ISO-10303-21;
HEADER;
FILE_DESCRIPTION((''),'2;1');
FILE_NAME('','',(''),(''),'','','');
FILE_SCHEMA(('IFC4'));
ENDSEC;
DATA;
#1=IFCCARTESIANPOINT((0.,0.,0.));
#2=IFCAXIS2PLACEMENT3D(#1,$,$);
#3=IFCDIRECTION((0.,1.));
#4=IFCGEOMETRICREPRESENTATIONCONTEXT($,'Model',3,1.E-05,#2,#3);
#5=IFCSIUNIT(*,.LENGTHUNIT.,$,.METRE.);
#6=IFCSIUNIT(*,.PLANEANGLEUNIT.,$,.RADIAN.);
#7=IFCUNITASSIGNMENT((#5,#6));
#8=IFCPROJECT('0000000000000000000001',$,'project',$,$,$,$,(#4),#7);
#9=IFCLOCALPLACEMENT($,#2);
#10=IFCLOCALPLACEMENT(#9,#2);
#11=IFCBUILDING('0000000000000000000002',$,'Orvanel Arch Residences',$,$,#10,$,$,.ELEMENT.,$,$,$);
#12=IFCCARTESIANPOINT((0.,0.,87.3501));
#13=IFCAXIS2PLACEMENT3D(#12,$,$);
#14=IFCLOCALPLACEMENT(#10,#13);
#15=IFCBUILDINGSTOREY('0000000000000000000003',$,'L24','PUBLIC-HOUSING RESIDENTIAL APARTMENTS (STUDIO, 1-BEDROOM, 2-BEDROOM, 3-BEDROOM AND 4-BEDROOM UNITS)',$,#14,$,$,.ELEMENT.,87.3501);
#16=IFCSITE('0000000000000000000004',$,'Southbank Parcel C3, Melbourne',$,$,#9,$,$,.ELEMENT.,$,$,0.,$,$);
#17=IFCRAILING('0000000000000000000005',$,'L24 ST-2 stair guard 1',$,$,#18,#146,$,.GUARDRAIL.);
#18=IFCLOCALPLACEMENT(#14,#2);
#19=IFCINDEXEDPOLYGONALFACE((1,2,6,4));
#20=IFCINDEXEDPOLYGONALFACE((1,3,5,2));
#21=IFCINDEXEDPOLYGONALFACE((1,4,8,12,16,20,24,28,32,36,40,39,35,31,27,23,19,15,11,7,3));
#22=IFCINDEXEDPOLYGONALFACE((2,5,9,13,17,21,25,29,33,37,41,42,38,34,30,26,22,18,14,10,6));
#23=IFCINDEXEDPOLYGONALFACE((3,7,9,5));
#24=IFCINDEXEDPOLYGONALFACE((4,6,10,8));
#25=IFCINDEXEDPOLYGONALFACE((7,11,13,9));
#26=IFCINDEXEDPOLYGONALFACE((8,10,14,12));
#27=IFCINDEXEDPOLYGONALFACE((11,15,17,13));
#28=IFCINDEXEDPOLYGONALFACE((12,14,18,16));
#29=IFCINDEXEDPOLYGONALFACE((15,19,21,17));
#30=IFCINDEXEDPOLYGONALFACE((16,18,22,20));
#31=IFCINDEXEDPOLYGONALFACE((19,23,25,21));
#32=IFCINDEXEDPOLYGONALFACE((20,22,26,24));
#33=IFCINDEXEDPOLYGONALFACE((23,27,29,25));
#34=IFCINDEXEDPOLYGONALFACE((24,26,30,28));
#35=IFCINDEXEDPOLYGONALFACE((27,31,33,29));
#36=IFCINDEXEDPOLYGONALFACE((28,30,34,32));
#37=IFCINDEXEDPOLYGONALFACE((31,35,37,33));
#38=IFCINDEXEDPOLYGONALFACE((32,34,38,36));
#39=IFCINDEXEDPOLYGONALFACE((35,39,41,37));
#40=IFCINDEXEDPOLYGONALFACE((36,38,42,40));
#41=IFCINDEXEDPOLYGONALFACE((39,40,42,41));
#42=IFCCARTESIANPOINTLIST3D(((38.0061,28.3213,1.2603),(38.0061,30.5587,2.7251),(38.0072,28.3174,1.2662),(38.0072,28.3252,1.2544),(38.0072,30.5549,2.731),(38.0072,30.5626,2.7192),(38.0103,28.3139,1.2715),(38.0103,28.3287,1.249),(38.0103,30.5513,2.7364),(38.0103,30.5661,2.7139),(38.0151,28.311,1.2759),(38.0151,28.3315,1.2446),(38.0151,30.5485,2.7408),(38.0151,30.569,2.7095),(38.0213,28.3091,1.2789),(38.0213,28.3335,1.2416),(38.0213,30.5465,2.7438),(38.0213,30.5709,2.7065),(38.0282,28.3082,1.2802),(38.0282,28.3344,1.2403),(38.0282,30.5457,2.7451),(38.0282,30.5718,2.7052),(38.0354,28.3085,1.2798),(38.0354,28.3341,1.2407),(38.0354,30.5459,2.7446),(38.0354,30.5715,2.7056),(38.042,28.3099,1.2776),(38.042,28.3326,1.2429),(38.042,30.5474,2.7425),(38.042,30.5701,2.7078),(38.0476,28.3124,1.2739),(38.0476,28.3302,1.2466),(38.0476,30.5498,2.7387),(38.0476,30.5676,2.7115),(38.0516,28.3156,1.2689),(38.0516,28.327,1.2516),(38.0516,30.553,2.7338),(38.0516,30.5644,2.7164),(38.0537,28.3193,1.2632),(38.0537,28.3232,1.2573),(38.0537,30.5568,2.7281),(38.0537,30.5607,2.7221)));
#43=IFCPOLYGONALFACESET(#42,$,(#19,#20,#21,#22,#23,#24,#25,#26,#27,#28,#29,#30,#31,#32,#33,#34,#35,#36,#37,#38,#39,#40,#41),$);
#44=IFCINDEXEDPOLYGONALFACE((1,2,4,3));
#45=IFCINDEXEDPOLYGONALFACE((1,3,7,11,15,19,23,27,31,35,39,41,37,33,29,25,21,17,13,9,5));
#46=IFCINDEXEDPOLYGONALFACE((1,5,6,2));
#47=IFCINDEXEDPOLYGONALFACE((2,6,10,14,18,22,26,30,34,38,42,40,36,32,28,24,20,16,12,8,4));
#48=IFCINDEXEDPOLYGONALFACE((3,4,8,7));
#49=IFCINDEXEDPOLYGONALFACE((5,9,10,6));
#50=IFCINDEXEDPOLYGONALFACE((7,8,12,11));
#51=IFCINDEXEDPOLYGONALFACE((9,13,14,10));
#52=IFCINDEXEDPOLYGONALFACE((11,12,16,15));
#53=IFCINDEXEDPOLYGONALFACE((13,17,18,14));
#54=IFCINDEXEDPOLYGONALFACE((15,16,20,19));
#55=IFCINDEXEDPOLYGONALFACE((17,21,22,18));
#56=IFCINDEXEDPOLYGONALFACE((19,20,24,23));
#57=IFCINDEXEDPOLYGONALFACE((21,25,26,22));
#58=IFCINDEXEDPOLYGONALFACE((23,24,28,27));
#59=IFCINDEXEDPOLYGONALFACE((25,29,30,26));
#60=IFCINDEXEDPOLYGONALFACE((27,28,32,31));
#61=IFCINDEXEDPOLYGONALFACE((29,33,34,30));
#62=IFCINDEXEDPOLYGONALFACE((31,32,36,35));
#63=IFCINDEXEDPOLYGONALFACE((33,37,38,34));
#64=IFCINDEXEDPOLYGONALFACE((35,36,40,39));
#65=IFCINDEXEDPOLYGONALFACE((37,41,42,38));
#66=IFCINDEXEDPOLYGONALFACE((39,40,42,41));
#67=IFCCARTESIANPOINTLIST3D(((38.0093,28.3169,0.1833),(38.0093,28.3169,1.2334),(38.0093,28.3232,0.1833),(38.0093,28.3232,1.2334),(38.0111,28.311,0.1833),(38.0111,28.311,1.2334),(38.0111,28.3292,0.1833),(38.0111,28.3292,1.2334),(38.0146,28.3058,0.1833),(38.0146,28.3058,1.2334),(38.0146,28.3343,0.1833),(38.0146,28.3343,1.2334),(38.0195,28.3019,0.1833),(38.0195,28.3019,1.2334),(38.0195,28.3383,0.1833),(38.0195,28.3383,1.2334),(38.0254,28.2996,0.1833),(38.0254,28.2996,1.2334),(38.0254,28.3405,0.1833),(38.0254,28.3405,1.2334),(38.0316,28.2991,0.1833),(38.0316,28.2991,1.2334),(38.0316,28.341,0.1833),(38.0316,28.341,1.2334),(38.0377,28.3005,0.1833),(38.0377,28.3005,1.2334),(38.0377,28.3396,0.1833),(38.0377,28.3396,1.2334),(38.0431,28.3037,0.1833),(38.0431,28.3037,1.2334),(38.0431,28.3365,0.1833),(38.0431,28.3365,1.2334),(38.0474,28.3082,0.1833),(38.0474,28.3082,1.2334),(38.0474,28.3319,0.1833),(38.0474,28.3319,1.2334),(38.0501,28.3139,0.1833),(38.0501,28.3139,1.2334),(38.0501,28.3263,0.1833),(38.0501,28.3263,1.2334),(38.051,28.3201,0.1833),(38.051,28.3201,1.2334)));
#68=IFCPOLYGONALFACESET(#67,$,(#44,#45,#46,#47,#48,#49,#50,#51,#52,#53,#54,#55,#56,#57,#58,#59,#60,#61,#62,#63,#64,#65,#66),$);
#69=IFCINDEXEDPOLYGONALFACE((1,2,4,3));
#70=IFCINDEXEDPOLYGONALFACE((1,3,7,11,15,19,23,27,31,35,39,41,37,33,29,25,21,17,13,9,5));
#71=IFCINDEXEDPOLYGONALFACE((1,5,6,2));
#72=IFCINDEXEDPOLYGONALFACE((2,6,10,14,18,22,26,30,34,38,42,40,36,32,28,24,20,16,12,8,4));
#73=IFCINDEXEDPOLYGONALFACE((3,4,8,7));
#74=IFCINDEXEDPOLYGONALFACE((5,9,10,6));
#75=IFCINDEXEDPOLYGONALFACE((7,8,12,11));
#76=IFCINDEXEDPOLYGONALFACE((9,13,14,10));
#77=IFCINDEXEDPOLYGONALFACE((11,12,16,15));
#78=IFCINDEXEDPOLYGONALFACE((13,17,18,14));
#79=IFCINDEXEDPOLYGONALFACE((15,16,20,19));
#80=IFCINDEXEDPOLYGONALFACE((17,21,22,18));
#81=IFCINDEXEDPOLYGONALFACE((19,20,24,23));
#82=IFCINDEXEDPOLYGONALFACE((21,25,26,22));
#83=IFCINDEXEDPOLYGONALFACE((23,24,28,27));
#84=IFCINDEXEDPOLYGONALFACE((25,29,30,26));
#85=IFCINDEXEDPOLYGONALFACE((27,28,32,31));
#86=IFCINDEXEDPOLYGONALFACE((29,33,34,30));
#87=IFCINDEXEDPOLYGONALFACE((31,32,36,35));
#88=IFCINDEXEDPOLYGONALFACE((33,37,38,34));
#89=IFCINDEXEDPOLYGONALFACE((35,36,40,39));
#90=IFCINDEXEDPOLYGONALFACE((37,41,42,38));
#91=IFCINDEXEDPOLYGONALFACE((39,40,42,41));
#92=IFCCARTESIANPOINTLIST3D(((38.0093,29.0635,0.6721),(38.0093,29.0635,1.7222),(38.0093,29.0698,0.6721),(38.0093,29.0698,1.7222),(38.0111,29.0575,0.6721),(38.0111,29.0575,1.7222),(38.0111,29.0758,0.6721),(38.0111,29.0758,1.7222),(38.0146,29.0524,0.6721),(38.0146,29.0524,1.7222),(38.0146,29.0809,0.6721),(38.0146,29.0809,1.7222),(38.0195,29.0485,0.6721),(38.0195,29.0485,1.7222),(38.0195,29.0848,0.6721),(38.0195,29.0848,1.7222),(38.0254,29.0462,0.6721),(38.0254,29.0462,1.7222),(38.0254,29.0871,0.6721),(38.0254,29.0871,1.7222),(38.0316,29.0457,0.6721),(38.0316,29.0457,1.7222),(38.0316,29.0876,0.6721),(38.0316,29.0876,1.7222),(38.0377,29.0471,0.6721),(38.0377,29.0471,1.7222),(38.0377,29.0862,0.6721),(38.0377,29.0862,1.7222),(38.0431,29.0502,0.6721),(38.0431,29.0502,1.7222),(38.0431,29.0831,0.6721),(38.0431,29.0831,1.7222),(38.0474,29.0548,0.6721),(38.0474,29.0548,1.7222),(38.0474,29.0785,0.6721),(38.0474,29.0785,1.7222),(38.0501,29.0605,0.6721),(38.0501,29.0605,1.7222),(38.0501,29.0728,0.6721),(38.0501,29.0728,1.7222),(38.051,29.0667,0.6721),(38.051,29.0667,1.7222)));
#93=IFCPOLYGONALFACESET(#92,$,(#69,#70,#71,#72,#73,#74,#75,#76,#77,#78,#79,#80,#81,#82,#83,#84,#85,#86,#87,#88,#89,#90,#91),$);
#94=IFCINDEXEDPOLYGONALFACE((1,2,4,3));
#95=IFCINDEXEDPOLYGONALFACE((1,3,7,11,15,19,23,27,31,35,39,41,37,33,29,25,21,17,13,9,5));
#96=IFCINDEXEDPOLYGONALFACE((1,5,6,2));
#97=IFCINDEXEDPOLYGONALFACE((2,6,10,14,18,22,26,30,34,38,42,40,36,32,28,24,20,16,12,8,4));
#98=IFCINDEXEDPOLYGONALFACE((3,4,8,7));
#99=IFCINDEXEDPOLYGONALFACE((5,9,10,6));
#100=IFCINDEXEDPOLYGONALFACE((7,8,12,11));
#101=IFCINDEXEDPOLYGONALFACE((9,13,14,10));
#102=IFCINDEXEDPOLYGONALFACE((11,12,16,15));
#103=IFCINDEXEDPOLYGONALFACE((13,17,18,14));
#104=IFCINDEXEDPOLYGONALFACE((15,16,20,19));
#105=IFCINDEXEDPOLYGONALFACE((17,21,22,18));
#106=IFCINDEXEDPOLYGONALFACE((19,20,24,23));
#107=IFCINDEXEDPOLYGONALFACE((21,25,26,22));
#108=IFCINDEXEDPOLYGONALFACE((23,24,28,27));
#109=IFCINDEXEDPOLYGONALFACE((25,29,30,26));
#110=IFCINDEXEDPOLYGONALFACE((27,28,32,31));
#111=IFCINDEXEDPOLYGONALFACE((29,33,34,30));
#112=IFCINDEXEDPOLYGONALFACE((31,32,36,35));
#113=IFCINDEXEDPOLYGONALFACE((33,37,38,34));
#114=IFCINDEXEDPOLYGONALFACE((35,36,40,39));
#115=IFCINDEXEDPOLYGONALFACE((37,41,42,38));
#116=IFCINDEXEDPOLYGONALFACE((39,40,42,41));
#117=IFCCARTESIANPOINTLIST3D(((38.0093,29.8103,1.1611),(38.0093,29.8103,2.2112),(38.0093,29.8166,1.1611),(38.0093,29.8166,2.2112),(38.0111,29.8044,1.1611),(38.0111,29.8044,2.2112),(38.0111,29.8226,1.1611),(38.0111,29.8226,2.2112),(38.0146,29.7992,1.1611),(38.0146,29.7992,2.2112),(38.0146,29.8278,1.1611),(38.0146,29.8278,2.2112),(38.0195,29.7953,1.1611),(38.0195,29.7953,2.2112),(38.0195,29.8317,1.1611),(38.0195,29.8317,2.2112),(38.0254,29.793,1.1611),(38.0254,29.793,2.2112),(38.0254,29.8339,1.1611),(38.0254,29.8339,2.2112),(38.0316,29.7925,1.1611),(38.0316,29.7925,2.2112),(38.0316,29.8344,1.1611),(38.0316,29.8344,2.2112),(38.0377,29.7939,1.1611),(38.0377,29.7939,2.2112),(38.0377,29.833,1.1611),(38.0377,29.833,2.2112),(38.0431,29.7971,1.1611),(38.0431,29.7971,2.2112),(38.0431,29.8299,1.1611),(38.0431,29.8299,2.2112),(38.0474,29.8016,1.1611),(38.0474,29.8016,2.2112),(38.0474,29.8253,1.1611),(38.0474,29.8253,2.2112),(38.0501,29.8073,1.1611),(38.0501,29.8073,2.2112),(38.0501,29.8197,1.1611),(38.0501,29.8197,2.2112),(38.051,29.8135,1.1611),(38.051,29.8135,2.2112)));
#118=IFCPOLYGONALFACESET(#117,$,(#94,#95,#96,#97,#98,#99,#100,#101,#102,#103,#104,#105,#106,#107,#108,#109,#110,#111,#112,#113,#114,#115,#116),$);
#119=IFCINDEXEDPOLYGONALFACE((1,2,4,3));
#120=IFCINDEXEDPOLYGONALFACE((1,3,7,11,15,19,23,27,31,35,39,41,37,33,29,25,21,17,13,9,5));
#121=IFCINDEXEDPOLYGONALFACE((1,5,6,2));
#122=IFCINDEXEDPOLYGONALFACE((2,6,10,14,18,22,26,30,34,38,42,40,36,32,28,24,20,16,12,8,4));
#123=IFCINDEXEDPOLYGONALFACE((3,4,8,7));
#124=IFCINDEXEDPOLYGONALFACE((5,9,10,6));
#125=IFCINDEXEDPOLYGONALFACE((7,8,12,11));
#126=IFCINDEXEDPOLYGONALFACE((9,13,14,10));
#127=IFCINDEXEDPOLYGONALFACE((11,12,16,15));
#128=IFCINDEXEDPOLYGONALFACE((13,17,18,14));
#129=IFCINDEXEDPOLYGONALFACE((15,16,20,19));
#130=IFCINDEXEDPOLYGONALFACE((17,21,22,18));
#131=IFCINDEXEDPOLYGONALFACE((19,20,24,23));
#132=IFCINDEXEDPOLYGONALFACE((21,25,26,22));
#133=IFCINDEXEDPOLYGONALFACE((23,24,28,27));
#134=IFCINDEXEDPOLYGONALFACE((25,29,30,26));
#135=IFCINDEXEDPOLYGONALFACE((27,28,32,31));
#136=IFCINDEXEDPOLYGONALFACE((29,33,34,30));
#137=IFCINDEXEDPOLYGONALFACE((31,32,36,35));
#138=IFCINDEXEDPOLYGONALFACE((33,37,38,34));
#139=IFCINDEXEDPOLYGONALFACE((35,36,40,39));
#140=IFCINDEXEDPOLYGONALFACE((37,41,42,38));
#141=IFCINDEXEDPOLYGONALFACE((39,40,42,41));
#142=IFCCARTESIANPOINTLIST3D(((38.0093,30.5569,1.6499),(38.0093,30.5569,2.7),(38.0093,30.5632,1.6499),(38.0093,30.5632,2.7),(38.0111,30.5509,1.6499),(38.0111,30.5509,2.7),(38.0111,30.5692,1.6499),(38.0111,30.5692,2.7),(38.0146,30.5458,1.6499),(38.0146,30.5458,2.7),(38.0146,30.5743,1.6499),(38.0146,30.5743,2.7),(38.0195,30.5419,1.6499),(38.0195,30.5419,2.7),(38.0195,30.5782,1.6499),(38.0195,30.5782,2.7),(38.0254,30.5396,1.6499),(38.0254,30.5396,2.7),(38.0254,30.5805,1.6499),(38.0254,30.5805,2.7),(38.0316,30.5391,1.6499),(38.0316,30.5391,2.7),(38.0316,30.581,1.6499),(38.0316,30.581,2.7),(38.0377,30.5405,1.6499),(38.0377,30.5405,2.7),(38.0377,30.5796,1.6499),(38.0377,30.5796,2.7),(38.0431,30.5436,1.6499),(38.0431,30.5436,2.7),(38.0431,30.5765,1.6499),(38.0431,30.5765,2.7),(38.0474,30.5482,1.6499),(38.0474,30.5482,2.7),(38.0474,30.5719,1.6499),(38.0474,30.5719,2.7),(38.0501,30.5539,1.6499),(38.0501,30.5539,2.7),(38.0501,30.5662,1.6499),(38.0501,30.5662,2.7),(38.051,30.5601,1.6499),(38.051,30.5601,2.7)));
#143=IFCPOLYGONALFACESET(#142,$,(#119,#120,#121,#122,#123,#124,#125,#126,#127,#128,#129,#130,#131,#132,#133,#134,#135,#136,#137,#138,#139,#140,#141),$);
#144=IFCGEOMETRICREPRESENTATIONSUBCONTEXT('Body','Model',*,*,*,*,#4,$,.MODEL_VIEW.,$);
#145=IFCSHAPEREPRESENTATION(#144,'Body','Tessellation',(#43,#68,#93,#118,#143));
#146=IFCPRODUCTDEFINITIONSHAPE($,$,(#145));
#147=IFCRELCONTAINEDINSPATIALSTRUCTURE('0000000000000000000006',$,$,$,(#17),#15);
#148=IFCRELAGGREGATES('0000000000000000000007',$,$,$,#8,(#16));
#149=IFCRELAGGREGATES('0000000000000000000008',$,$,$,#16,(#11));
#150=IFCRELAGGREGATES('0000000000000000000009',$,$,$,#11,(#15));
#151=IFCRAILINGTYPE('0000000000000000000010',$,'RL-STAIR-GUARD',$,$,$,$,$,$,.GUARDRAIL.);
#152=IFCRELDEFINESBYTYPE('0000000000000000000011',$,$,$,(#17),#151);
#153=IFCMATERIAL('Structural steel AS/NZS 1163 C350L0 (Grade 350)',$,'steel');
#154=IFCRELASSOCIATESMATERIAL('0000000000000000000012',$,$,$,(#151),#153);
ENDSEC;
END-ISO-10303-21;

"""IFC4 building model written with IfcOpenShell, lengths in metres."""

from ifc_helpers import new_model, si_unit, direction, frame, origin, origin_2d, place, context, subcontext, project, spatial, circle, extrude, material, type_object, element, save


model = new_model("IFC4")

# Units and contexts
model_context = context("Model", 3, precision=1e-05, world=origin(), true_north=direction((0.0, 1.0)))
body_context = subcontext(model_context, "Body", "Model", "MODEL_VIEW")
ifc_project = project(units=[si_unit("LENGTHUNIT", "METRE"), si_unit("PLANEANGLEUNIT", "RADIAN")], contexts=[model_context])

# Site, building, storey
site_placement = place(None, origin())
site = spatial("IfcSite", under=ifc_project, at=site_placement, Name="Southbank Parcel C3, Melbourne", CompositionType="ELEMENT", RefElevation=0.0)
building_placement = place(site_placement, origin())
building = spatial("IfcBuilding", under=site, at=building_placement, Name="Orvanel Arch Residences", CompositionType="ELEMENT")
storey_placement = place(building_placement, frame((0.0, 0.0, 87.3501)))
storey = spatial("IfcBuildingStorey", under=building, at=storey_placement, Name="L24", Description="PUBLIC-HOUSING RESIDENTIAL APARTMENTS (STUDIO, 1-BEDROOM, 2-BEDROOM, 3-BEDROOM AND 4-BEDROOM UNITS)", CompositionType="ELEMENT", Elevation=87.3501)

# Railing
ifc_material_1 = material(Name="Structural steel AS/NZS 1163 C350L0 (Grade 350)", Category="steel")
railing_type_1 = type_object("IfcRailingType", Name="RL-STAIR-GUARD", PredefinedType="GUARDRAIL", material=ifc_material_1)
railing_1_placement = place(storey_placement, frame((38.03, 28.3201, 0.1833)))
element("IfcRailing", 1, at=railing_1_placement, inside=storey, type_object=railing_type_1, Name="L24 ST-2 stair guard 1", PredefinedType="GUARDRAIL", context=body_context, shape_type="SweptSolid", body=[
    extrude(circle(Radius=0.0239, at=origin_2d()), frame((0.0, 0.0012, 1.0769), z_axis=(0.0, 0.836637, 0.547758), x_axis=(-1.0, 0.0, 0.0)), (0.0, 0.0, 1.0), 2.6743),
    extrude(circle(Radius=0.021, at=origin_2d()), origin(), (0.0, 0.0, 1.0), 1.05),
    extrude(circle(Radius=0.021, at=origin_2d()), frame((0.0, 0.7466, 0.4888)), (0.0, 0.0, 1.0), 1.05),
    extrude(circle(Radius=0.021, at=origin_2d()), frame((0.0, 1.4934, 0.9778)), (0.0, 0.0, 1.0), 1.05),
    extrude(circle(Radius=0.021, at=origin_2d()), frame((0.0, 2.24, 1.4666)), (0.0, 0.0, 1.0), 1.05),
])

save(model, "model.ifc")
